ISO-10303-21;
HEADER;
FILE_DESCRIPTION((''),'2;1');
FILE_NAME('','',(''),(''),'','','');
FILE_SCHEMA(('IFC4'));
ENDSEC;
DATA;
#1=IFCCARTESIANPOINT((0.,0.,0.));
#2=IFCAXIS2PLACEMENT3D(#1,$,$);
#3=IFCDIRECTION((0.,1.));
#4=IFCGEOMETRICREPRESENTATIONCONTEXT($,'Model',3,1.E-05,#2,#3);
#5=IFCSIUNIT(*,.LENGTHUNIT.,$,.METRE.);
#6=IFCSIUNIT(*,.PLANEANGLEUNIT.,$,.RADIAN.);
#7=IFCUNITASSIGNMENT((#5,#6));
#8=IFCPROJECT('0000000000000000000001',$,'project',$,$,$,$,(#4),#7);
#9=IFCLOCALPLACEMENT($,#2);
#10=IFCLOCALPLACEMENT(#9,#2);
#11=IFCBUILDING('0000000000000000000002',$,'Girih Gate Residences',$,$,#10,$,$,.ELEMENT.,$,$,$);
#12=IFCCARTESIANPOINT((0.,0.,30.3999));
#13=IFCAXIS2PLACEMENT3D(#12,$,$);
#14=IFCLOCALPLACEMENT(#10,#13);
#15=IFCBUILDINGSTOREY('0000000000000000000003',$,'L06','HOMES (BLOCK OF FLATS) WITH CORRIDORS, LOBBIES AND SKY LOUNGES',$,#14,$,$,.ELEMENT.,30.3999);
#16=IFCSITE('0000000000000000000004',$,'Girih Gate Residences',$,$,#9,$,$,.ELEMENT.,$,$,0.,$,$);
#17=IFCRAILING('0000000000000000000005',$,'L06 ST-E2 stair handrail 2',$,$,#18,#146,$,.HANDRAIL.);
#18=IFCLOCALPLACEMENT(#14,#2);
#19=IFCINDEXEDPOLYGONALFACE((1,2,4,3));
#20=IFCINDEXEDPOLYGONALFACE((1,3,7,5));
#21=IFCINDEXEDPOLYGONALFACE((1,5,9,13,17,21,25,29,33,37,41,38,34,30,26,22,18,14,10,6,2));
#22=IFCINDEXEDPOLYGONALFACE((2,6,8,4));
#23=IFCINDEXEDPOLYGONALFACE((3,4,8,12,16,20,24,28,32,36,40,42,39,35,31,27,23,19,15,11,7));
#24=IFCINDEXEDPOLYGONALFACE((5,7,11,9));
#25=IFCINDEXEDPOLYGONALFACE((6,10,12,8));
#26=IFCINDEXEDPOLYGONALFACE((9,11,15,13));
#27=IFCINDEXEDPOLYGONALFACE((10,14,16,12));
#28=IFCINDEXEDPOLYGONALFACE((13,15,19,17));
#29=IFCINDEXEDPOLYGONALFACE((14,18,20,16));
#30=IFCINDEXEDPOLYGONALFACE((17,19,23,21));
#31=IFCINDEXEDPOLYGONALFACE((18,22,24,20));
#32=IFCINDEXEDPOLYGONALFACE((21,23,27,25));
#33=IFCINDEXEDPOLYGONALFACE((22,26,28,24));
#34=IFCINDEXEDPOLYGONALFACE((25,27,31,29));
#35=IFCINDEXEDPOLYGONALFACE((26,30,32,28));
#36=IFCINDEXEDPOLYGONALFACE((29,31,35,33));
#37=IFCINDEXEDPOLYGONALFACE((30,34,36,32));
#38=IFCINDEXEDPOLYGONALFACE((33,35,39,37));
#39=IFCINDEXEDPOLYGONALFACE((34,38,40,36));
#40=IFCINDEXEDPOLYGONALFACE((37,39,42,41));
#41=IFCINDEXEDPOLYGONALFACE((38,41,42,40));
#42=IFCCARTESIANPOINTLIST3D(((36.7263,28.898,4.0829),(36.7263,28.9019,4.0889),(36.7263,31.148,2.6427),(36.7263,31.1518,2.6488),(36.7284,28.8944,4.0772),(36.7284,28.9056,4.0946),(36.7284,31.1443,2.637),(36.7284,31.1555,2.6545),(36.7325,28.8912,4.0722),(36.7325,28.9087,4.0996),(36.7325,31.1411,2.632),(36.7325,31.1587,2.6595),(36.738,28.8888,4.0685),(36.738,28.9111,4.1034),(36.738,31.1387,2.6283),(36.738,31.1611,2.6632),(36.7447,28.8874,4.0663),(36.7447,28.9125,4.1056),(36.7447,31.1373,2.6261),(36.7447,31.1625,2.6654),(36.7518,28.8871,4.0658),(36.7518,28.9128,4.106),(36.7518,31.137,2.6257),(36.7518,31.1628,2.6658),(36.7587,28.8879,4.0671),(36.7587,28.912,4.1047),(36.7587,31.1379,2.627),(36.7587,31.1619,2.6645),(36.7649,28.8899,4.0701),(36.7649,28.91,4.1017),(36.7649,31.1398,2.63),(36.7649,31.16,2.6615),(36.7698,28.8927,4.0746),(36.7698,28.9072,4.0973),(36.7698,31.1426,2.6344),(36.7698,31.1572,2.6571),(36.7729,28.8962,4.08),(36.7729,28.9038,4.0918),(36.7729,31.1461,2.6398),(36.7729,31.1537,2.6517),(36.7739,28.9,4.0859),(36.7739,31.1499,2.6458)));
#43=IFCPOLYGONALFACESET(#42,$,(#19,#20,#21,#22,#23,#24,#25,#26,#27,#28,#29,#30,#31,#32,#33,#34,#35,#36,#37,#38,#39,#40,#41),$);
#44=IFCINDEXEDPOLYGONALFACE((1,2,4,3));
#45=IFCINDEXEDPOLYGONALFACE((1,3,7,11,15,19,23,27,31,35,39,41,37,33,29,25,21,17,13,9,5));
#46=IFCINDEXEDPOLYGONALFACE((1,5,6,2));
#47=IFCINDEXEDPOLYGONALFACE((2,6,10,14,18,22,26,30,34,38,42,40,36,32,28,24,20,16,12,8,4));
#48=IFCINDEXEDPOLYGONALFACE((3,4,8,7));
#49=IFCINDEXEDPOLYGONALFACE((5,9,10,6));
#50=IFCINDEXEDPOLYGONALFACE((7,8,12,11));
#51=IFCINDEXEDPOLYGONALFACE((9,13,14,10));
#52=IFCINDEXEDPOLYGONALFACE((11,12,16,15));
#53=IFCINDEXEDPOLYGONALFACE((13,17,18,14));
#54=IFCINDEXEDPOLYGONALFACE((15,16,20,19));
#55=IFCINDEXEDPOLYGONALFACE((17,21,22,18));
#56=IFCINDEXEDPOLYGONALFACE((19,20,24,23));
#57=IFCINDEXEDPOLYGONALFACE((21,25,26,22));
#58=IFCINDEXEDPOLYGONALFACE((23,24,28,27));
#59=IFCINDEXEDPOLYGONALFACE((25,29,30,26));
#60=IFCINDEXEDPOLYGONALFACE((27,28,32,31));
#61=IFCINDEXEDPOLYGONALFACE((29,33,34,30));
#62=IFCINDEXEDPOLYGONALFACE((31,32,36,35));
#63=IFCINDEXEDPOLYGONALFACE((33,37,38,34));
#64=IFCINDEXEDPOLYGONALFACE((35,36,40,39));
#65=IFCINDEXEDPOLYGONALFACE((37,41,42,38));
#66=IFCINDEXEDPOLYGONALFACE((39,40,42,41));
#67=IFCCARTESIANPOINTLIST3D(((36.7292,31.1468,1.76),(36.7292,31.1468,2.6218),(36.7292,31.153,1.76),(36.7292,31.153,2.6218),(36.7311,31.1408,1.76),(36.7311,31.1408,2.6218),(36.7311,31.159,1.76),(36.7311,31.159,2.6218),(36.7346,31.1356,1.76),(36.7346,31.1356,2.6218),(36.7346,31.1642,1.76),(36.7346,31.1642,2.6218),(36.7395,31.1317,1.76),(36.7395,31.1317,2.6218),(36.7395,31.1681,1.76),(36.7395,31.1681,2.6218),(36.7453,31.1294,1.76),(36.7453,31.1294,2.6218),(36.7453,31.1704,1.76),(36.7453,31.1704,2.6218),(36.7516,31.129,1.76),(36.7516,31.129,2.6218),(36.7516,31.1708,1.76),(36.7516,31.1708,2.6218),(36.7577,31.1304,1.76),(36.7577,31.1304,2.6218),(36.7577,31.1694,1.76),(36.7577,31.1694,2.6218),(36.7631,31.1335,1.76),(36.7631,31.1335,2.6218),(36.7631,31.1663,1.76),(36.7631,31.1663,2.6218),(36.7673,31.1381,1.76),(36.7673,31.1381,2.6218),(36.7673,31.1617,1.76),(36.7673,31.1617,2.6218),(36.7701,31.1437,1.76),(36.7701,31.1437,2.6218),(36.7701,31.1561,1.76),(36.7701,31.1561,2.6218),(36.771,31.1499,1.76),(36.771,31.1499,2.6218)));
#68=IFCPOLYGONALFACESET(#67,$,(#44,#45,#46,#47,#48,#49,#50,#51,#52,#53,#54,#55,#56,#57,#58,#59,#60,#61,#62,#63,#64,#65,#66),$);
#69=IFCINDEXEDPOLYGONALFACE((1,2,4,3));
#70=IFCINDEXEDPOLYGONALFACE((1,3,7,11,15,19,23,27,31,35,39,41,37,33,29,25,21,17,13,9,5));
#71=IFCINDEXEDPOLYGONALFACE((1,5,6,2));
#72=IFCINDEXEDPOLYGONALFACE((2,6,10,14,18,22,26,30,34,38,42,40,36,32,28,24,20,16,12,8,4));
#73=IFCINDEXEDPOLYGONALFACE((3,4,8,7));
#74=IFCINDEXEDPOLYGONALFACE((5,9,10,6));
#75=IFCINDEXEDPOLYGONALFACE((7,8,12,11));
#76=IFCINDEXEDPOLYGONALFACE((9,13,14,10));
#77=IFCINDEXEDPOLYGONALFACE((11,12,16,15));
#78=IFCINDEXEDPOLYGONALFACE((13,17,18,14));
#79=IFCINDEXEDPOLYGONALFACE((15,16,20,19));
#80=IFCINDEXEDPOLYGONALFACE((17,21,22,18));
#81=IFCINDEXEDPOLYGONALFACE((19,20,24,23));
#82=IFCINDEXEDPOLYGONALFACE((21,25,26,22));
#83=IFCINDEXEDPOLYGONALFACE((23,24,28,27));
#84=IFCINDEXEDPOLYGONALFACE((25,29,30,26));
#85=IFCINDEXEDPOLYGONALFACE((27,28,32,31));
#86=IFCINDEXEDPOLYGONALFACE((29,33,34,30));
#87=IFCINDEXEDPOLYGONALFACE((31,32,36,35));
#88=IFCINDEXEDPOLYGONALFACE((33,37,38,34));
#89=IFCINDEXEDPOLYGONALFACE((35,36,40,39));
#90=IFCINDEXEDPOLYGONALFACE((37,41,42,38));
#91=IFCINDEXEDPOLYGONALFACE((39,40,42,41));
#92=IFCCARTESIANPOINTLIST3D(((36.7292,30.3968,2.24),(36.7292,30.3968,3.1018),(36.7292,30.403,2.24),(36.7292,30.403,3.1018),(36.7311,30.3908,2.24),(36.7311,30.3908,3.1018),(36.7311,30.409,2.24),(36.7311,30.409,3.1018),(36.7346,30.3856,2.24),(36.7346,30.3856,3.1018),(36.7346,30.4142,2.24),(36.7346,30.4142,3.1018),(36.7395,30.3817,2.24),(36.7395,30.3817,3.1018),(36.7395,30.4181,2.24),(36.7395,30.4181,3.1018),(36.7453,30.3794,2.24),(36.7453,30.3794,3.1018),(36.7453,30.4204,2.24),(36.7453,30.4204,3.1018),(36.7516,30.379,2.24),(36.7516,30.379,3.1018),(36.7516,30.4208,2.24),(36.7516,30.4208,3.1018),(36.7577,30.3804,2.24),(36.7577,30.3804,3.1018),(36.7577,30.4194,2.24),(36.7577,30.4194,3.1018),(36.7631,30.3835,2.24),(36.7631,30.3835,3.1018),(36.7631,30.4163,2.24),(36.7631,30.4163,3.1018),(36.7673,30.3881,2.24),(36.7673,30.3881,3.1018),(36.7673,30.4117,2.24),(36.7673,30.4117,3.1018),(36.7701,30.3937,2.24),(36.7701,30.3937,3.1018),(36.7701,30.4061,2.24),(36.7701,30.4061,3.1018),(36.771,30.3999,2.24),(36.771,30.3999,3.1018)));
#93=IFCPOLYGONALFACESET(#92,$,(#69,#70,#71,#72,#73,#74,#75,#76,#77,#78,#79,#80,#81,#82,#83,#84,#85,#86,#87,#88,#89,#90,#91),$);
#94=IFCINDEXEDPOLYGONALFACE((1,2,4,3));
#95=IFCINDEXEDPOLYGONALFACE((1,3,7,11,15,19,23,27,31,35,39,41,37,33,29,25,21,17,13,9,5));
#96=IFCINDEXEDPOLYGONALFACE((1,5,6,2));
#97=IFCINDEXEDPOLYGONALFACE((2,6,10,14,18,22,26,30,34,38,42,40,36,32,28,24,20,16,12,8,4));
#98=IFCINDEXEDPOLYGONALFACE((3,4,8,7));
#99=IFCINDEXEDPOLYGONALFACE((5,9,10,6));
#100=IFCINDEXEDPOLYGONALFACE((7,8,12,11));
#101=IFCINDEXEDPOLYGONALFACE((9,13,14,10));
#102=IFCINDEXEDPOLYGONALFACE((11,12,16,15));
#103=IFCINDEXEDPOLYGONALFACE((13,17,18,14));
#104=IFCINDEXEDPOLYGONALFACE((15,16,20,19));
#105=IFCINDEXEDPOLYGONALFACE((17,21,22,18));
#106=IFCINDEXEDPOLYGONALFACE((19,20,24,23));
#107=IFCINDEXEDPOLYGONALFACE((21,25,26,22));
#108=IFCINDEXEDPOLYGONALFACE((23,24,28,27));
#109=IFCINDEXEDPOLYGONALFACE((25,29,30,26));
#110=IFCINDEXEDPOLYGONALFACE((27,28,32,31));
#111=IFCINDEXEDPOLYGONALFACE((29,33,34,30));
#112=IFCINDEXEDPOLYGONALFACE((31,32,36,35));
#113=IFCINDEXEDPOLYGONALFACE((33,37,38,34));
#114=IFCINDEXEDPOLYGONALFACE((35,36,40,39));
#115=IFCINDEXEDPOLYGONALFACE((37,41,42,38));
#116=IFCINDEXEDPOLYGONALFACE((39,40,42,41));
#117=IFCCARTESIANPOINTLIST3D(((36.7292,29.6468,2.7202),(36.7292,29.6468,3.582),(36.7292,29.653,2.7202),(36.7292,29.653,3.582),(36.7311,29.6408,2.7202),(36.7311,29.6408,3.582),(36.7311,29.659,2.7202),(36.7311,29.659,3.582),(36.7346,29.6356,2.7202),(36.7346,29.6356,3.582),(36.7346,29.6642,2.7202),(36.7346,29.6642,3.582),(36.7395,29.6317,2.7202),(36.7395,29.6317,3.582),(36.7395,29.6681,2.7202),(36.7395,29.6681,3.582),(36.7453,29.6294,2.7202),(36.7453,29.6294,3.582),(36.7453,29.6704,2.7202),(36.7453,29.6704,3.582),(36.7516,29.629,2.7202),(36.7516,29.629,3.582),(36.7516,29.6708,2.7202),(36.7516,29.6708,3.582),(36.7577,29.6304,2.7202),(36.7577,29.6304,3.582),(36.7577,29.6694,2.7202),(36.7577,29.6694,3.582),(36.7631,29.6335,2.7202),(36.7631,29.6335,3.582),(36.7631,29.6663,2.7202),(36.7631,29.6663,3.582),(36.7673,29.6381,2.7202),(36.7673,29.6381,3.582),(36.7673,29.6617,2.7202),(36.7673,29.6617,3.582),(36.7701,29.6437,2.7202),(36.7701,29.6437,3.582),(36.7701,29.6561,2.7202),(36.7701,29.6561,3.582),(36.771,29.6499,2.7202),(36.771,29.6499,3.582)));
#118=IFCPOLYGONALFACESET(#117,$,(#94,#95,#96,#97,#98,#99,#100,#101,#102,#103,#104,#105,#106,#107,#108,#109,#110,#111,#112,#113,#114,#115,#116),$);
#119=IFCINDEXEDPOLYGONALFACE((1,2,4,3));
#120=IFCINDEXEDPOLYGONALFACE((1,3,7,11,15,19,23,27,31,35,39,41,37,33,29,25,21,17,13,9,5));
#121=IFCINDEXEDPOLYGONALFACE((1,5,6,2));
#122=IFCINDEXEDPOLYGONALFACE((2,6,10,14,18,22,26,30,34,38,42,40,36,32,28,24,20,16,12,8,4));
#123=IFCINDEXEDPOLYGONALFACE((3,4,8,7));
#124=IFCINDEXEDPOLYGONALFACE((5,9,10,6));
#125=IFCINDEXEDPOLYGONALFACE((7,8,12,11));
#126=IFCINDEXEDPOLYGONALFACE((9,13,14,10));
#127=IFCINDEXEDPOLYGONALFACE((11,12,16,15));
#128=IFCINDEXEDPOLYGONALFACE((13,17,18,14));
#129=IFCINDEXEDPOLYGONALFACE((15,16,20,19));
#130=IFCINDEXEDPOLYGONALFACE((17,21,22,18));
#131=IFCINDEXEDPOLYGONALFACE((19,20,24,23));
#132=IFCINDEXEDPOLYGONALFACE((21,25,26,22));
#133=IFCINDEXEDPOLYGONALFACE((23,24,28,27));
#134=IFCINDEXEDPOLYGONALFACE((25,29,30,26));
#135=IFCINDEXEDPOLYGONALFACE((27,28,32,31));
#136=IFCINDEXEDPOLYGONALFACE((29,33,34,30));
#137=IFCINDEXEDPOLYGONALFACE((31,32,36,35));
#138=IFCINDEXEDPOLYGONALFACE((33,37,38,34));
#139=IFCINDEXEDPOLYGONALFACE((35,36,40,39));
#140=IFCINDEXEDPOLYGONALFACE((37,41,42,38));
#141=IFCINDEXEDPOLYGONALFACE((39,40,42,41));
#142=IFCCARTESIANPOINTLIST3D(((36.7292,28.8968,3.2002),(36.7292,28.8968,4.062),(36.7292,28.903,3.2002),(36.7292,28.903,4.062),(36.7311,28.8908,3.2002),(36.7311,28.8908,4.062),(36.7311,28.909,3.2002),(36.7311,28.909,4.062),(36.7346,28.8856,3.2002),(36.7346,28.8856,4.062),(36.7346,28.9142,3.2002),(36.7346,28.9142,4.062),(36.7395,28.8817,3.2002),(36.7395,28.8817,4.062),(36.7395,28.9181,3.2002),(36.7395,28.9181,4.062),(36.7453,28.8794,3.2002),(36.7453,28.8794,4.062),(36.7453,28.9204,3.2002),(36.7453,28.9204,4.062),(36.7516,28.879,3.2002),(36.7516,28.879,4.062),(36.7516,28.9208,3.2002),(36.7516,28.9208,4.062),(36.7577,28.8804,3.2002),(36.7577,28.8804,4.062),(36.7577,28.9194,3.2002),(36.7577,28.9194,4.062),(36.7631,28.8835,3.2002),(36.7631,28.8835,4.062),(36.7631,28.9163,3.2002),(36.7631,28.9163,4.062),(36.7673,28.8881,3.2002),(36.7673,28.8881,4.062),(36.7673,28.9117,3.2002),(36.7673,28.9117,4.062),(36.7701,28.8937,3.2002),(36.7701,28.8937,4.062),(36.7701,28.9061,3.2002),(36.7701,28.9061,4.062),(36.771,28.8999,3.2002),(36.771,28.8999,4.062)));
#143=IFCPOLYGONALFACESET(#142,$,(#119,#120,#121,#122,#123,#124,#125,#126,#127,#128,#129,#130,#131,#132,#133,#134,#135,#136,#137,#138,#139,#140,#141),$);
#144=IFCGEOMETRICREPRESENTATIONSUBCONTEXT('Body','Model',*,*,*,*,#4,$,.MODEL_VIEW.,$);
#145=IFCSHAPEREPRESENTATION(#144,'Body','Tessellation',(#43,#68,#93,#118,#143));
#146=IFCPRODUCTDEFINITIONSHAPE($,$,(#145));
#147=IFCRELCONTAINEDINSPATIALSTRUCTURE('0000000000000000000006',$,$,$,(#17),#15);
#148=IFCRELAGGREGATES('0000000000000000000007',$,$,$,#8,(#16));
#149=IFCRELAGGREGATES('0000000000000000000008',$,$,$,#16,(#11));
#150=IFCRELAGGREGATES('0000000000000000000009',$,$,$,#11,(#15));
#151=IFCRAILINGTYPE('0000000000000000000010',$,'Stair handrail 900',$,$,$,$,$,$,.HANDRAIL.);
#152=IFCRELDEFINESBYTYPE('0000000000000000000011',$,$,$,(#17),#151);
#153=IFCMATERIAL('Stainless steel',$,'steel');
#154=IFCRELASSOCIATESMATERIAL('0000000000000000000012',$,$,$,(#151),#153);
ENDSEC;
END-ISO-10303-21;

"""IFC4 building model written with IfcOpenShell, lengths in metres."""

from ifc_helpers import new_model, si_unit, direction, frame, origin, origin_2d, place, context, subcontext, project, spatial, circle, extrude, material, type_object, element, save


model = new_model("IFC4")

# Units and contexts
model_context = context("Model", 3, precision=1e-05, world=origin(), true_north=direction((0.0, 1.0)))
body_context = subcontext(model_context, "Body", "Model", "MODEL_VIEW")
ifc_project = project(units=[si_unit("LENGTHUNIT", "METRE"), si_unit("PLANEANGLEUNIT", "RADIAN")], contexts=[model_context])

# Site, building, storey
site_placement = place(None, origin())
site = spatial("IfcSite", under=ifc_project, at=site_placement, Name="Girih Gate Residences", CompositionType="ELEMENT", RefElevation=0.0)
building_placement = place(site_placement, origin())
building = spatial("IfcBuilding", under=site, at=building_placement, Name="Girih Gate Residences", CompositionType="ELEMENT")
storey_placement = place(building_placement, frame((0.0, 0.0, 30.3999)))
storey = spatial("IfcBuildingStorey", under=building, at=storey_placement, Name="L06", Description="HOMES (BLOCK OF FLATS) WITH CORRIDORS, LOBBIES AND SKY LOUNGES", CompositionType="ELEMENT", Elevation=30.3999)

# Shared definitions
ifc_material_1 = material(Name="Stainless steel", Category="steel")

# Railing
railing_type_1 = type_object("IfcRailingType", Name="Stair handrail 900", PredefinedType="HANDRAIL", material=ifc_material_1)
railing_1_placement = place(storey_placement, frame((36.75, 31.1499, 1.76)))
element("IfcRailing", 1, at=railing_1_placement, inside=storey, type_object=railing_type_1, Name="L06 ST-E2 stair handrail 2", PredefinedType="HANDRAIL", context=body_context, shape_type="SweptSolid", body=[
    extrude(circle(Radius=0.0239, at=origin_2d()), frame((0.0, 0.0, 0.8857), z_axis=(0.0, -0.84224, 0.539103), x_axis=(1.0, 0.0, 0.0)), (0.0, 0.0, 1.0), 2.6714),
    extrude(circle(Radius=0.021, at=origin_2d()), origin(), (0.0, 0.0, 1.0), 0.8618),
    extrude(circle(Radius=0.021, at=origin_2d()), frame((0.0, -0.75, 0.48)), (0.0, 0.0, 1.0), 0.8618),
    extrude(circle(Radius=0.021, at=origin_2d()), frame((0.0, -1.5, 0.9602)), (0.0, 0.0, 1.0), 0.8618),
    extrude(circle(Radius=0.021, at=origin_2d()), frame((0.0, -2.25, 1.4402)), (0.0, 0.0, 1.0), 0.8618),
])

save(model, "model.ifc")
